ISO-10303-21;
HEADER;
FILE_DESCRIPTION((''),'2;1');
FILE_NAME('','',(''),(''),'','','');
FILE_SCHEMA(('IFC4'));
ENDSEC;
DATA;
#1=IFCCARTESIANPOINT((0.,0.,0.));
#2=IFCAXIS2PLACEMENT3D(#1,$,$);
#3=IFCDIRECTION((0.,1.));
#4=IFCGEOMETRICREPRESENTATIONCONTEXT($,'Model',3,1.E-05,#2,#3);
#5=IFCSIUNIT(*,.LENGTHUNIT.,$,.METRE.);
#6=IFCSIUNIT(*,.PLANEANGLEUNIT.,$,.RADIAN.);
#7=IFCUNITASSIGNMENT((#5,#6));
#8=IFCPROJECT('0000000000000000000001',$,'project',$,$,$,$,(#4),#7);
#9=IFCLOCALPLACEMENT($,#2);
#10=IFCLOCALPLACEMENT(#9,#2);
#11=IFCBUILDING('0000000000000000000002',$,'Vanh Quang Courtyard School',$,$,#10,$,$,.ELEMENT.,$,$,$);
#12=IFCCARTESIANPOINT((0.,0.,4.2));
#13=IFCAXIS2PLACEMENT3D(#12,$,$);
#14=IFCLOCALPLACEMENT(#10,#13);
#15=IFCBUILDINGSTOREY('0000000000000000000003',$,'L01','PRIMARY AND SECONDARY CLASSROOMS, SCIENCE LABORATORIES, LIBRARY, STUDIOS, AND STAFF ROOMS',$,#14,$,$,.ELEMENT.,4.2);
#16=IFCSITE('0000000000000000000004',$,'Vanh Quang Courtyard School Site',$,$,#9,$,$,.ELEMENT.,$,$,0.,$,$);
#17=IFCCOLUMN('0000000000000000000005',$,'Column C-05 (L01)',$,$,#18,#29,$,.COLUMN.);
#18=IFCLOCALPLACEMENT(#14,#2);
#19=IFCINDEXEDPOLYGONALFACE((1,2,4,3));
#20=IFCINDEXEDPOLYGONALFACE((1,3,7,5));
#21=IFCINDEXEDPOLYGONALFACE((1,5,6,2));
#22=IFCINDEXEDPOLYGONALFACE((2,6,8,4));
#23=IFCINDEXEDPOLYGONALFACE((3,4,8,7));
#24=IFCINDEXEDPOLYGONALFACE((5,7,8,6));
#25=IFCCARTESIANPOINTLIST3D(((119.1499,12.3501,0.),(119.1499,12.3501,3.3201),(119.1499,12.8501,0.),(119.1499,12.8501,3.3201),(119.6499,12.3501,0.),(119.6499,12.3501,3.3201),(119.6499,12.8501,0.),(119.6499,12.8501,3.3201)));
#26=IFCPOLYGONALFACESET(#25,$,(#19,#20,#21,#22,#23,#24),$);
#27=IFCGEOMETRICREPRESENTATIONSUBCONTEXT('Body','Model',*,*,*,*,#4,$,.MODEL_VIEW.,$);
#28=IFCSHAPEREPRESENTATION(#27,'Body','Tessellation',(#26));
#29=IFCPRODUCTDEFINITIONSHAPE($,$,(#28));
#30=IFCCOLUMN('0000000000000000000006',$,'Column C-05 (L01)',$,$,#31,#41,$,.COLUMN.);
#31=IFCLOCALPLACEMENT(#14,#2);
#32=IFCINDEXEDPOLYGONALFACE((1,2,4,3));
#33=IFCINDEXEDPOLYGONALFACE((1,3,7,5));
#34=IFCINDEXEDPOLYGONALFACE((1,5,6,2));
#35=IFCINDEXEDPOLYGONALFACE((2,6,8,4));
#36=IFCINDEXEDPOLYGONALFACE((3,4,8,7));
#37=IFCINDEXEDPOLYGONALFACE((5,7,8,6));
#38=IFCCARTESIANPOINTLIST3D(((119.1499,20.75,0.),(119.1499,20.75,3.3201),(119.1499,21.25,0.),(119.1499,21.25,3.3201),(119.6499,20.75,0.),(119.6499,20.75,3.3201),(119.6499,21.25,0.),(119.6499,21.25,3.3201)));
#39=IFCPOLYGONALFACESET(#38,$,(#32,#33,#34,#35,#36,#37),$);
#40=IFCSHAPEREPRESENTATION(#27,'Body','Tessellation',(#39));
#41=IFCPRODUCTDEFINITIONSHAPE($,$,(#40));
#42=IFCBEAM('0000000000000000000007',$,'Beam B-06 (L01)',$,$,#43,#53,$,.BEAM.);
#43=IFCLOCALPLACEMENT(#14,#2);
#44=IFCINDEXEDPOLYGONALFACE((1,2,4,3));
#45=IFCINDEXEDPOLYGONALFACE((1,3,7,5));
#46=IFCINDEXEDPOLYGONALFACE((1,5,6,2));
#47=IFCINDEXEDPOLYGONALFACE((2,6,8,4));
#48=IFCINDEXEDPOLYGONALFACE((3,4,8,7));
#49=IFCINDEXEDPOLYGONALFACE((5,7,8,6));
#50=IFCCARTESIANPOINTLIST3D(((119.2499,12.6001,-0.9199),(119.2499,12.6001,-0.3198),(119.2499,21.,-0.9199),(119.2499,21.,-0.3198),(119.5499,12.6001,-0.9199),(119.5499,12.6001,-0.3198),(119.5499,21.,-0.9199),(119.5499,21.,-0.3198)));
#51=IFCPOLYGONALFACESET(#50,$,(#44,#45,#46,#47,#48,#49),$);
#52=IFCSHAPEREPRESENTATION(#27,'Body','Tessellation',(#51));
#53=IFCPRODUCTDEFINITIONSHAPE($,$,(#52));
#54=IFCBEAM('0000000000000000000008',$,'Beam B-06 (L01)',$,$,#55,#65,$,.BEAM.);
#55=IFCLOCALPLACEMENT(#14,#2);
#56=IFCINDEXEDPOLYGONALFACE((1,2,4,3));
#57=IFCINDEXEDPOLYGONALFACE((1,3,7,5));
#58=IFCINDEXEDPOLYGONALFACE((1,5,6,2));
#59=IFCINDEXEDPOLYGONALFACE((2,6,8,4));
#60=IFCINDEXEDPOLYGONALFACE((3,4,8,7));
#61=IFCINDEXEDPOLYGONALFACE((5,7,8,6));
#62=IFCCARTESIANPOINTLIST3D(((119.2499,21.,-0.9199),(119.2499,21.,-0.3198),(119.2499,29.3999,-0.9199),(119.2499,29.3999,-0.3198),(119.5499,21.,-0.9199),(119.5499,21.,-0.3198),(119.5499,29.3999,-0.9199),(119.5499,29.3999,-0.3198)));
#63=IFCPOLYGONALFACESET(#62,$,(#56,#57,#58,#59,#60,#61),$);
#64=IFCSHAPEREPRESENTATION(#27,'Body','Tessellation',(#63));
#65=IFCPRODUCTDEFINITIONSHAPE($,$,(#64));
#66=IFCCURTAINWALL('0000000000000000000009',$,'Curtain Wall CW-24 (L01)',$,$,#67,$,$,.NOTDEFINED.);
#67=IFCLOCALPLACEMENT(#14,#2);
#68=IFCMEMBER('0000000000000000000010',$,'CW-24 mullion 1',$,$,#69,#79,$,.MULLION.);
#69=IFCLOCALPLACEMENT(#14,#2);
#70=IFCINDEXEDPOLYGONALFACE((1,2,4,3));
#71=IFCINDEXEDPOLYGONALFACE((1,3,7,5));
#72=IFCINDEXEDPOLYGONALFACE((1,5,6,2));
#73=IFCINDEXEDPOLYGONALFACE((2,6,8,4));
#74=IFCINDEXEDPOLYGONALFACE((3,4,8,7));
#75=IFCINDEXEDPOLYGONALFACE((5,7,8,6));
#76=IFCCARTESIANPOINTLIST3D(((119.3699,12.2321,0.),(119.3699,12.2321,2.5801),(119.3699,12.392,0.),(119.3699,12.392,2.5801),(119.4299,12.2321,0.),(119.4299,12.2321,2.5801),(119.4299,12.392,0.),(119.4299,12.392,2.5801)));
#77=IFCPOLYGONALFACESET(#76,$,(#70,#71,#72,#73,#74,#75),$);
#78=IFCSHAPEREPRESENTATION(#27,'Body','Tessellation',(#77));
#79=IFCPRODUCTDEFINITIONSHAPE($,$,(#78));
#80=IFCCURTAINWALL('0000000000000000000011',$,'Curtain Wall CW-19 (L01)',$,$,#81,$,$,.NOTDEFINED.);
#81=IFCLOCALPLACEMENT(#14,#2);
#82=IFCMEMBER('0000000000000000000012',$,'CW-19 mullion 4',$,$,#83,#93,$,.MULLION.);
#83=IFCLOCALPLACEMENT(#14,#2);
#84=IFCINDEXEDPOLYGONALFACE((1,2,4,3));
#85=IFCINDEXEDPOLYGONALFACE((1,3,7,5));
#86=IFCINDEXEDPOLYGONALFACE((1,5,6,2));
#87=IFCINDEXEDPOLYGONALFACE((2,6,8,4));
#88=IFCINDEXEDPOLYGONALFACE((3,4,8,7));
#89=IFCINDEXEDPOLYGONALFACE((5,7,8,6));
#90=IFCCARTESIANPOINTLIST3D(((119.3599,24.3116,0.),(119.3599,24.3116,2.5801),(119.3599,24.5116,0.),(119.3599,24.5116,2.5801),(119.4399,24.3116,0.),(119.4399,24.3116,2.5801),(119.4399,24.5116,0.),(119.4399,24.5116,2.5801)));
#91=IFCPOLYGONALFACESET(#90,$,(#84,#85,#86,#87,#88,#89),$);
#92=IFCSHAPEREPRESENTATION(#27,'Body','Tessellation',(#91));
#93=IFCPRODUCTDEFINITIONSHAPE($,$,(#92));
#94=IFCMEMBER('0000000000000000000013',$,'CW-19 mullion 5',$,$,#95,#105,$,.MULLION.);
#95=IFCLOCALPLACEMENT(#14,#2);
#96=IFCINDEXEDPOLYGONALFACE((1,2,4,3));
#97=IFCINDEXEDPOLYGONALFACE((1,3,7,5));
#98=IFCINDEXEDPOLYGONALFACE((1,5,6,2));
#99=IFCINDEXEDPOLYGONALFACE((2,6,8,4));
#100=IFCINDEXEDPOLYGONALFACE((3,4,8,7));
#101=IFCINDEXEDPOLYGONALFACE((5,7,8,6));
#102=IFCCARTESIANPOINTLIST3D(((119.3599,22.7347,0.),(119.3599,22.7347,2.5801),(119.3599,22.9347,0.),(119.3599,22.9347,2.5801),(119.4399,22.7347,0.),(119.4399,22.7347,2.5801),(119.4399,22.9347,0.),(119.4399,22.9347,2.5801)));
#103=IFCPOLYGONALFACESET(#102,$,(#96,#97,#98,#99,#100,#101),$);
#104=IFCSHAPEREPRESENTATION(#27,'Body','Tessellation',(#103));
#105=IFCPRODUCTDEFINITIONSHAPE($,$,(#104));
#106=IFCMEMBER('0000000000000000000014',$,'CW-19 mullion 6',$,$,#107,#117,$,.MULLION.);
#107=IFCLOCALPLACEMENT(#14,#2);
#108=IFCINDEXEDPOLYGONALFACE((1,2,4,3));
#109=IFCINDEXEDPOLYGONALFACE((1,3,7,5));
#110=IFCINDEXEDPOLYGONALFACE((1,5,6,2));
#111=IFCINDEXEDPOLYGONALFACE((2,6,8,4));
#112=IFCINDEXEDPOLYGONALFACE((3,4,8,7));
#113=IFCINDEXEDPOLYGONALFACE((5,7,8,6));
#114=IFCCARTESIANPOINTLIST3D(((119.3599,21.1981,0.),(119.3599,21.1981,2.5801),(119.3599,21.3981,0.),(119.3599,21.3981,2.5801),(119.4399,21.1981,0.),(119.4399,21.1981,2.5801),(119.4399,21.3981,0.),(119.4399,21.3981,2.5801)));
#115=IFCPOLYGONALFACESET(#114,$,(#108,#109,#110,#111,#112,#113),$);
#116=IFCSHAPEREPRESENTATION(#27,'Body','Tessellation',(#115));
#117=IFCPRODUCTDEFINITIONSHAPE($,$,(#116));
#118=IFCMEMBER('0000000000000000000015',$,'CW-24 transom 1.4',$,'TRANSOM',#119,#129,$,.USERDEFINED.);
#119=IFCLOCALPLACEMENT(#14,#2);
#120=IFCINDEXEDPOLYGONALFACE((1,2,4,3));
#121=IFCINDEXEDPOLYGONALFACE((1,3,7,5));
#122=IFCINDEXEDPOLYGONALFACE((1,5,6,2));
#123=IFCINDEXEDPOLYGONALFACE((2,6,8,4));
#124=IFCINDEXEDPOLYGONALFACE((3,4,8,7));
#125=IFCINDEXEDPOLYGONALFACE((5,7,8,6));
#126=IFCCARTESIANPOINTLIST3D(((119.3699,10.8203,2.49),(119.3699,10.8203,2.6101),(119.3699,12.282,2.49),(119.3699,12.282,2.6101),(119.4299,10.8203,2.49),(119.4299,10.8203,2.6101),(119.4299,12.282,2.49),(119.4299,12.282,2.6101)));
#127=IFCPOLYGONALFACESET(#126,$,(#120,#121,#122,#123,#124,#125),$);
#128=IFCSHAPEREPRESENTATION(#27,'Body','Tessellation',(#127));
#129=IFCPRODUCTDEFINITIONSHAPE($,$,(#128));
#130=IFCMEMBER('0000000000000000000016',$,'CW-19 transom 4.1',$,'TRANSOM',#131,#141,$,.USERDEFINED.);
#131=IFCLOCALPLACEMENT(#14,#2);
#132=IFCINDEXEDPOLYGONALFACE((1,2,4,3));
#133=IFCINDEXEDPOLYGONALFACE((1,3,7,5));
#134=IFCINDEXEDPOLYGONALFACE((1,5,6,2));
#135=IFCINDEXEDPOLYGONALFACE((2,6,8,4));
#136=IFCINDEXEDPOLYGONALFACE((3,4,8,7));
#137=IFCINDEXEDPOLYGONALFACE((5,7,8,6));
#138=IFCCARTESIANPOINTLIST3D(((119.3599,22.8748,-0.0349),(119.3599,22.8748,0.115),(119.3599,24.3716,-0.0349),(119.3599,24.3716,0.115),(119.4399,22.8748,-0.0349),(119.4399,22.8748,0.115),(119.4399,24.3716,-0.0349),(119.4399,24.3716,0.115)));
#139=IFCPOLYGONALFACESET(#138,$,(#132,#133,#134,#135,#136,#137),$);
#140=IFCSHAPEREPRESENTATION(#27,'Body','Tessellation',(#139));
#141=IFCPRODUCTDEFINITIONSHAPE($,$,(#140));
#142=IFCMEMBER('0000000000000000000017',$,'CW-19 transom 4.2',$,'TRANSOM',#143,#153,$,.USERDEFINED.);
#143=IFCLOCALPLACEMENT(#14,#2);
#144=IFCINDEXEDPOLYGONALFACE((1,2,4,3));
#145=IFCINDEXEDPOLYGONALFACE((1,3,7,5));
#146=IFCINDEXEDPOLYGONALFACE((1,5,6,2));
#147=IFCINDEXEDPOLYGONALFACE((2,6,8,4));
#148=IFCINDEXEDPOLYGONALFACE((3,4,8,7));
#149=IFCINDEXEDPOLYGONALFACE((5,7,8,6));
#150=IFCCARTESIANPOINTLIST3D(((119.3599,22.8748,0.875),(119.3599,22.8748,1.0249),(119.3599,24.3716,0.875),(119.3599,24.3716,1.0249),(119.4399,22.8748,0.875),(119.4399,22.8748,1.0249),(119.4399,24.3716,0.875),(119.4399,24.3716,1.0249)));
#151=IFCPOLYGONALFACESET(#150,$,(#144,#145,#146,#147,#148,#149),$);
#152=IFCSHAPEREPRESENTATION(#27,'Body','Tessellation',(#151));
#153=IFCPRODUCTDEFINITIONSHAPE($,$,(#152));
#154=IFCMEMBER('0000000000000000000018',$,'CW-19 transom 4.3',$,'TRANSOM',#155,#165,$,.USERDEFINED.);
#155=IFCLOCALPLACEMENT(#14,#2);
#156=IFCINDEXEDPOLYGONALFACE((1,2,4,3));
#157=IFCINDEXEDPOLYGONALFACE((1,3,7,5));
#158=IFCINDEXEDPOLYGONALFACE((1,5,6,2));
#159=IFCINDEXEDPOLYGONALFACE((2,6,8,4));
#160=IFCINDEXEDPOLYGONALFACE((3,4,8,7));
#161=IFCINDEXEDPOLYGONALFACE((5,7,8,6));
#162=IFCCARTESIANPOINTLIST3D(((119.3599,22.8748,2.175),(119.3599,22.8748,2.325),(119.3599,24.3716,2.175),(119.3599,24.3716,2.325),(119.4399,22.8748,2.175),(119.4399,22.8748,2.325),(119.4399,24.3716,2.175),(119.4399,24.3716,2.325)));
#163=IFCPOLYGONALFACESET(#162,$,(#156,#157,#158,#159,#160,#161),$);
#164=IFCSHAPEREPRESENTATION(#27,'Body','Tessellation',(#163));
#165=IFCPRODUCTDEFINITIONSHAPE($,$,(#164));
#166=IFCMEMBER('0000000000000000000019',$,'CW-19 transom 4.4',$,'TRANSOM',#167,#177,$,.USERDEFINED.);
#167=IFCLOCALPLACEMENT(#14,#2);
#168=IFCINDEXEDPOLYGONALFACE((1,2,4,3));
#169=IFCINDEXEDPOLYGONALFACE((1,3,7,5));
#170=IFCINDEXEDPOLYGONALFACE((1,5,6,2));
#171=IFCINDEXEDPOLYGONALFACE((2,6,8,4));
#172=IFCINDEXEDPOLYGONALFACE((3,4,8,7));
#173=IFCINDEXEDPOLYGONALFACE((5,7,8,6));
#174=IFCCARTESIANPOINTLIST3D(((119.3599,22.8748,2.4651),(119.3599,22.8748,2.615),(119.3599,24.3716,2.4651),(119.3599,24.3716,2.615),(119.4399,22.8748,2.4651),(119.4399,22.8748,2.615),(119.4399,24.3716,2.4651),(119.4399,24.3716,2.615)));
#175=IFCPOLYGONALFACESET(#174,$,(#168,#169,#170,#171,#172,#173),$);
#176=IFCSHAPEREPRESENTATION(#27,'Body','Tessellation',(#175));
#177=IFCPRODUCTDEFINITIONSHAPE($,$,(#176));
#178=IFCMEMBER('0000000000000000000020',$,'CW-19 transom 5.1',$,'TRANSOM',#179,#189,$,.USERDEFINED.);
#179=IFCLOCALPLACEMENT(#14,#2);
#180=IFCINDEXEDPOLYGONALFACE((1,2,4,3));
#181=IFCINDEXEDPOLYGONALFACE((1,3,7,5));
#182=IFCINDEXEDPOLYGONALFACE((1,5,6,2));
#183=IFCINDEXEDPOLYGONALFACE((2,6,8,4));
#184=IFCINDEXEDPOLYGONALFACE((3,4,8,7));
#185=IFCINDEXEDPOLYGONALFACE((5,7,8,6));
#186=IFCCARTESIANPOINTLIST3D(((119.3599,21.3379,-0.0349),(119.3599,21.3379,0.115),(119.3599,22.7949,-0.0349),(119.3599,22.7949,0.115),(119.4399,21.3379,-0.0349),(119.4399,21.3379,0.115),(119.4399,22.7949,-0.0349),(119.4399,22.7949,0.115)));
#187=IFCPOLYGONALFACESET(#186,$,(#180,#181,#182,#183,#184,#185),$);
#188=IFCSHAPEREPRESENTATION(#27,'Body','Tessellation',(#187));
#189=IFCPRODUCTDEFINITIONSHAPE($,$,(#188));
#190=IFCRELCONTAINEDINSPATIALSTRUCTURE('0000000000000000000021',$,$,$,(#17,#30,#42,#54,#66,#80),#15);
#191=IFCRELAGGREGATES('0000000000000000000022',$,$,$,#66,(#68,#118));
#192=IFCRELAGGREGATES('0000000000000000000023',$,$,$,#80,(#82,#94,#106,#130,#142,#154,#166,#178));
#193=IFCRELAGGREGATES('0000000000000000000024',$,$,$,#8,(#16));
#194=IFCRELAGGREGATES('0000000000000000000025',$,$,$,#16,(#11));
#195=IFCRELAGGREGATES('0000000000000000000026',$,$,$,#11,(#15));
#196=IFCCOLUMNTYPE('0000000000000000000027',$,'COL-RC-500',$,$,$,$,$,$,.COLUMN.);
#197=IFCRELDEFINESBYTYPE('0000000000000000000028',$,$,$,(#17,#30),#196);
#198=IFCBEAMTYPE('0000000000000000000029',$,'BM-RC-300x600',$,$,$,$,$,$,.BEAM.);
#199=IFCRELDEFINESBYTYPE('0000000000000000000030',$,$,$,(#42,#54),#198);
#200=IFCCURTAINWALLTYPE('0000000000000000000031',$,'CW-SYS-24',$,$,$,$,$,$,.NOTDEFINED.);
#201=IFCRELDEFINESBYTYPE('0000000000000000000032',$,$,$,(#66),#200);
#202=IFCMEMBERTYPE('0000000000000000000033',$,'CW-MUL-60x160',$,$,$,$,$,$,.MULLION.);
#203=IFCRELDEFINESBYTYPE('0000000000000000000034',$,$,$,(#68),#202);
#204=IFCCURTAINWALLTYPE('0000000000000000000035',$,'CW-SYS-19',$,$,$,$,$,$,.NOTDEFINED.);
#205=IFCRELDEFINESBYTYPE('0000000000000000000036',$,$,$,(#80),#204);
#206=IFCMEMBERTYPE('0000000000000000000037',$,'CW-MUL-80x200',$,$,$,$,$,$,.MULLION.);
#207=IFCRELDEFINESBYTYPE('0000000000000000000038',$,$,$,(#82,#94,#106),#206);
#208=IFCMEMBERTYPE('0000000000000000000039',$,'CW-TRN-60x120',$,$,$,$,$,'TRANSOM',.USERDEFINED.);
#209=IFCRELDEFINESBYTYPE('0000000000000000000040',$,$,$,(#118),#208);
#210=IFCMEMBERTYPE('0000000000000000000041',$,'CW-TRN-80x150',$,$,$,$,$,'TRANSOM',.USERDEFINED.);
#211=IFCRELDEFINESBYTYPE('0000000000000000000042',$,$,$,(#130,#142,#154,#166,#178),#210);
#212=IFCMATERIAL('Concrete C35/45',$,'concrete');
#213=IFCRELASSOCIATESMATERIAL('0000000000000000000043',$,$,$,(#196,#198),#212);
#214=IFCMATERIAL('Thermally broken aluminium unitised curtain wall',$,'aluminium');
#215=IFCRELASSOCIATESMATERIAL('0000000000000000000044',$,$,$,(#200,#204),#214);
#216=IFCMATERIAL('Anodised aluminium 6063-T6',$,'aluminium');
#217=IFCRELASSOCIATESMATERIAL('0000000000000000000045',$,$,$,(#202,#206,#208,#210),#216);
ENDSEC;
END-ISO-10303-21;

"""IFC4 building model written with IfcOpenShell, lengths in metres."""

from ifc_helpers import new_model, si_unit, direction, frame, origin, origin_2d, place, context, subcontext, project, spatial, rectangle, extrude, material, material_profile, profile_set, type_object, element, aggregate, save


model = new_model("IFC4")

# Units and contexts
model_context = context("Model", 3, precision=1e-05, world=origin(), true_north=direction((0.0, 1.0)))
body_context = subcontext(model_context, "Body", "Model", "MODEL_VIEW")
ifc_project = project(units=[si_unit("LENGTHUNIT", "METRE"), si_unit("PLANEANGLEUNIT", "RADIAN")], contexts=[model_context])

# Site, building, storey
site_placement = place(None, origin())
site = spatial("IfcSite", under=ifc_project, at=site_placement, Name="Vanh Quang Courtyard School Site", CompositionType="ELEMENT", RefElevation=0.0)
building_placement = place(site_placement, origin())
building = spatial("IfcBuilding", under=site, at=building_placement, Name="Vanh Quang Courtyard School", CompositionType="ELEMENT")
storey_placement = place(building_placement, frame((0.0, 0.0, 4.2)))
storey = spatial("IfcBuildingStorey", under=building, at=storey_placement, Name="L01", Description="PRIMARY AND SECONDARY CLASSROOMS, SCIENCE LABORATORIES, LIBRARY, STUDIOS, AND STAFF ROOMS", CompositionType="ELEMENT", Elevation=4.2)

# Columns
ifc_material_1 = material(Name="Concrete C35/45", Category="concrete")
ifc_material_profile_1 = material_profile(ifc_material_1, rectangle(XDim=0.5, YDim=0.5, at=origin_2d()), Name="RC-COL 500x500")
ifc_profile_set_1 = profile_set([ifc_material_profile_1], Name="Concrete C35/45")
column_type = type_object("IfcColumnType", Name="COL-RC-500", PredefinedType="COLUMN", material=ifc_profile_set_1)
for number, where, z_axis, x_axis, name in (
    (1, (119.3999, 12.6001, 0.0), (0.0, 0.0, 1.0), (1.0, 0.0, 0.0), "Column C-05 (L01)"),
    (2, (119.3999, 21.0, 0.0), (0.0, 0.0, 1.0), (1.0, 0.0, 0.0), "Column C-05 (L01)"),
):
    element("IfcColumn", number, at=place(storey_placement, frame(where, z_axis=z_axis, x_axis=x_axis)), inside=storey, type_object=column_type, Name=name, PredefinedType="COLUMN", context=body_context, shape_type="SweptSolid", body=[
        extrude(rectangle(XDim=0.5, YDim=0.5, at=origin_2d()), origin(), (0.0, 0.0, 1.0), 3.3201),
    ])

# Beams
ifc_material_profile_2 = material_profile(ifc_material_1, rectangle(XDim=0.3, YDim=0.6001, at=origin_2d()), Name="RC-BM 300x600")
ifc_profile_set_2 = profile_set([ifc_material_profile_2], Name="Concrete C35/45")
beam_type = type_object("IfcBeamType", Name="BM-RC-300x600", PredefinedType="BEAM", material=ifc_profile_set_2)
for number, where, z_axis, x_axis, name in (
    (3, (119.3999, 12.6001, -0.6199), (0.0, 1.0, 0.0), (-1.0, 0.0, 0.0), "Beam B-06 (L01)"),
    (4, (119.3999, 21.0, -0.6199), (0.0, 1.0, 0.0), (-1.0, 0.0, 0.0), "Beam B-06 (L01)"),
):
    element("IfcBeam", number, at=place(storey_placement, frame(where, z_axis=z_axis, x_axis=x_axis)), inside=storey, type_object=beam_type, Name=name, PredefinedType="BEAM", context=body_context, shape_type="SweptSolid", body=[
        extrude(rectangle(XDim=0.3, YDim=0.6001, at=origin_2d()), origin(), (0.0, 0.0, 1.0), 8.3999),
    ])

# Curtain wall, member
ifc_material_2 = material(Name="Thermally broken aluminium unitised curtain wall", Category="aluminium")
curtain_wall_type_1 = type_object("IfcCurtainWallType", Name="CW-SYS-24", PredefinedType="NOTDEFINED", material=ifc_material_2)
curtain_wall_1_placement = place(storey_placement, origin())
curtain_wall_1 = element("IfcCurtainWall", 5, at=curtain_wall_1_placement, inside=storey, type_object=curtain_wall_type_1, Name="Curtain Wall CW-24 (L01)", PredefinedType="NOTDEFINED")
ifc_material_3 = material(Name="Anodised aluminium 6063-T6", Category="aluminium")
ifc_material_profile_3 = material_profile(ifc_material_3, rectangle(XDim=0.0601, YDim=0.1599, at=origin_2d()), Name="ALU-MUL 60x160")
ifc_profile_set_3 = profile_set([ifc_material_profile_3], Name="Anodised aluminium 6063-T6")
member_type_1 = type_object("IfcMemberType", Name="CW-MUL-60x160", PredefinedType="MULLION", material=ifc_profile_set_3)
member_1_placement = place(storey_placement, frame((119.3999, 12.312, 0.0), z_axis=(0.0, 0.0, 1.0), x_axis=(1.0, 0.0, 0.0)))
member_1 = element("IfcMember", 6, at=member_1_placement, type_object=member_type_1, Name="CW-24 mullion 1", PredefinedType="MULLION", context=body_context, shape_type="SweptSolid", body=[
    extrude(rectangle(XDim=0.0601, YDim=0.1599, at=origin_2d()), origin(), (0.0, 0.0, 1.0), 2.5801),
])

# Curtain wall, members
curtain_wall_type_2 = type_object("IfcCurtainWallType", Name="CW-SYS-19", PredefinedType="NOTDEFINED", material=ifc_material_2)
curtain_wall_2_placement = place(storey_placement, origin())
curtain_wall_2 = element("IfcCurtainWall", 7, at=curtain_wall_2_placement, inside=storey, type_object=curtain_wall_type_2, Name="Curtain Wall CW-19 (L01)", PredefinedType="NOTDEFINED")
ifc_material_profile_4 = material_profile(ifc_material_3, rectangle(XDim=0.0801, YDim=0.2, at=origin_2d()), Name="ALU-MUL 80x200")
ifc_profile_set_4 = profile_set([ifc_material_profile_4], Name="Anodised aluminium 6063-T6")
member_type_2 = type_object("IfcMemberType", Name="CW-MUL-80x200", PredefinedType="MULLION", material=ifc_profile_set_4)
member_2_placement = place(storey_placement, frame((119.3999, 24.4116, 0.0), z_axis=(0.0, 0.0, 1.0), x_axis=(1.0, 0.0, 0.0)))
member_2 = element("IfcMember", 8, at=member_2_placement, type_object=member_type_2, Name="CW-19 mullion 4", PredefinedType="MULLION", context=body_context, shape_type="SweptSolid", body=[
    extrude(rectangle(XDim=0.0801, YDim=0.2, at=origin_2d()), origin(), (0.0, 0.0, 1.0), 2.5801),
])
member_3_placement = place(storey_placement, frame((119.3999, 22.8347, 0.0), z_axis=(0.0, 0.0, 1.0), x_axis=(1.0, 0.0, 0.0)))
member_3 = element("IfcMember", 9, at=member_3_placement, type_object=member_type_2, Name="CW-19 mullion 5", PredefinedType="MULLION", context=body_context, shape_type="SweptSolid", body=[
    extrude(rectangle(XDim=0.0801, YDim=0.2, at=origin_2d()), origin(), (0.0, 0.0, 1.0), 2.5801),
])
member_4_placement = place(storey_placement, frame((119.3999, 21.2981, 0.0), z_axis=(0.0, 0.0, 1.0), x_axis=(1.0, 0.0, 0.0)))
member_4 = element("IfcMember", 10, at=member_4_placement, type_object=member_type_2, Name="CW-19 mullion 6", PredefinedType="MULLION", context=body_context, shape_type="SweptSolid", body=[
    extrude(rectangle(XDim=0.0801, YDim=0.2, at=origin_2d()), origin(), (0.0, 0.0, 1.0), 2.5801),
])

# Members
ifc_material_profile_5 = material_profile(ifc_material_3, rectangle(XDim=0.0601, YDim=0.1201, at=origin_2d()), Name="ALU-TRN 60x120")
ifc_profile_set_5 = profile_set([ifc_material_profile_5], Name="Anodised aluminium 6063-T6")
member_type_3 = type_object("IfcMemberType", Name="CW-TRN-60x120", ElementType="TRANSOM", PredefinedType="USERDEFINED", material=ifc_profile_set_5)
member_5_placement = place(storey_placement, frame((119.3999, 12.282, 2.55), z_axis=(0.0, -1.0, 0.0), x_axis=(1.0, 0.0, 0.0)))
member_5 = element("IfcMember", 11, at=member_5_placement, type_object=member_type_3, Name="CW-24 transom 1.4", ObjectType="TRANSOM", PredefinedType="USERDEFINED", context=body_context, shape_type="SweptSolid", body=[
    extrude(rectangle(XDim=0.0601, YDim=0.1201, at=origin_2d()), origin(), (0.0, 0.0, 1.0), 1.4617),
])
aggregate(curtain_wall_1, [member_1, member_5])
ifc_material_profile_6 = material_profile(ifc_material_3, rectangle(XDim=0.0801, YDim=0.1499, at=origin_2d()), Name="ALU-TRN 80x150")
ifc_profile_set_6 = profile_set([ifc_material_profile_6], Name="Anodised aluminium 6063-T6")
member_type_4 = type_object("IfcMemberType", Name="CW-TRN-80x150", ElementType="TRANSOM", PredefinedType="USERDEFINED", material=ifc_profile_set_6)
member_6_placement = place(storey_placement, frame((119.3999, 24.3716, 0.04), z_axis=(0.0, -1.0, 0.0), x_axis=(1.0, 0.0, 0.0)))
member_6 = element("IfcMember", 12, at=member_6_placement, type_object=member_type_4, Name="CW-19 transom 4.1", ObjectType="TRANSOM", PredefinedType="USERDEFINED", context=body_context, shape_type="SweptSolid", body=[
    extrude(rectangle(XDim=0.0801, YDim=0.1499, at=origin_2d()), origin(), (0.0, 0.0, 1.0), 1.4968),
])
member_7_placement = place(storey_placement, frame((119.3999, 24.3716, 0.95), z_axis=(0.0, -1.0, 0.0), x_axis=(1.0, 0.0, 0.0)))
member_7 = element("IfcMember", 13, at=member_7_placement, type_object=member_type_4, Name="CW-19 transom 4.2", ObjectType="TRANSOM", PredefinedType="USERDEFINED", context=body_context, shape_type="SweptSolid", body=[
    extrude(rectangle(XDim=0.0801, YDim=0.1499, at=origin_2d()), origin(), (0.0, 0.0, 1.0), 1.4968),
])
member_8_placement = place(storey_placement, frame((119.3999, 24.3716, 2.25), z_axis=(0.0, -1.0, 0.0), x_axis=(1.0, 0.0, 0.0)))
member_8 = element("IfcMember", 14, at=member_8_placement, type_object=member_type_4, Name="CW-19 transom 4.3", ObjectType="TRANSOM", PredefinedType="USERDEFINED", context=body_context, shape_type="SweptSolid", body=[
    extrude(rectangle(XDim=0.0801, YDim=0.1499, at=origin_2d()), origin(), (0.0, 0.0, 1.0), 1.4968),
])
member_9_placement = place(storey_placement, frame((119.3999, 24.3716, 2.54), z_axis=(0.0, -1.0, 0.0), x_axis=(1.0, 0.0, 0.0)))
member_9 = element("IfcMember", 15, at=member_9_placement, type_object=member_type_4, Name="CW-19 transom 4.4", ObjectType="TRANSOM", PredefinedType="USERDEFINED", context=body_context, shape_type="SweptSolid", body=[
    extrude(rectangle(XDim=0.0801, YDim=0.1499, at=origin_2d()), origin(), (0.0, 0.0, 1.0), 1.4968),
])
member_10_placement = place(storey_placement, frame((119.3999, 22.7949, 0.04), z_axis=(0.0, -1.0, 0.0), x_axis=(1.0, 0.0, 0.0)))
member_10 = element("IfcMember", 16, at=member_10_placement, type_object=member_type_4, Name="CW-19 transom 5.1", ObjectType="TRANSOM", PredefinedType="USERDEFINED", context=body_context, shape_type="SweptSolid", body=[
    extrude(rectangle(XDim=0.0801, YDim=0.1499, at=origin_2d()), origin(), (0.0, 0.0, 1.0), 1.457),
])

aggregate(curtain_wall_2, [member_2, member_3, member_4, member_6, member_7, member_8, member_9, member_10])

save(model, "model.ifc")
